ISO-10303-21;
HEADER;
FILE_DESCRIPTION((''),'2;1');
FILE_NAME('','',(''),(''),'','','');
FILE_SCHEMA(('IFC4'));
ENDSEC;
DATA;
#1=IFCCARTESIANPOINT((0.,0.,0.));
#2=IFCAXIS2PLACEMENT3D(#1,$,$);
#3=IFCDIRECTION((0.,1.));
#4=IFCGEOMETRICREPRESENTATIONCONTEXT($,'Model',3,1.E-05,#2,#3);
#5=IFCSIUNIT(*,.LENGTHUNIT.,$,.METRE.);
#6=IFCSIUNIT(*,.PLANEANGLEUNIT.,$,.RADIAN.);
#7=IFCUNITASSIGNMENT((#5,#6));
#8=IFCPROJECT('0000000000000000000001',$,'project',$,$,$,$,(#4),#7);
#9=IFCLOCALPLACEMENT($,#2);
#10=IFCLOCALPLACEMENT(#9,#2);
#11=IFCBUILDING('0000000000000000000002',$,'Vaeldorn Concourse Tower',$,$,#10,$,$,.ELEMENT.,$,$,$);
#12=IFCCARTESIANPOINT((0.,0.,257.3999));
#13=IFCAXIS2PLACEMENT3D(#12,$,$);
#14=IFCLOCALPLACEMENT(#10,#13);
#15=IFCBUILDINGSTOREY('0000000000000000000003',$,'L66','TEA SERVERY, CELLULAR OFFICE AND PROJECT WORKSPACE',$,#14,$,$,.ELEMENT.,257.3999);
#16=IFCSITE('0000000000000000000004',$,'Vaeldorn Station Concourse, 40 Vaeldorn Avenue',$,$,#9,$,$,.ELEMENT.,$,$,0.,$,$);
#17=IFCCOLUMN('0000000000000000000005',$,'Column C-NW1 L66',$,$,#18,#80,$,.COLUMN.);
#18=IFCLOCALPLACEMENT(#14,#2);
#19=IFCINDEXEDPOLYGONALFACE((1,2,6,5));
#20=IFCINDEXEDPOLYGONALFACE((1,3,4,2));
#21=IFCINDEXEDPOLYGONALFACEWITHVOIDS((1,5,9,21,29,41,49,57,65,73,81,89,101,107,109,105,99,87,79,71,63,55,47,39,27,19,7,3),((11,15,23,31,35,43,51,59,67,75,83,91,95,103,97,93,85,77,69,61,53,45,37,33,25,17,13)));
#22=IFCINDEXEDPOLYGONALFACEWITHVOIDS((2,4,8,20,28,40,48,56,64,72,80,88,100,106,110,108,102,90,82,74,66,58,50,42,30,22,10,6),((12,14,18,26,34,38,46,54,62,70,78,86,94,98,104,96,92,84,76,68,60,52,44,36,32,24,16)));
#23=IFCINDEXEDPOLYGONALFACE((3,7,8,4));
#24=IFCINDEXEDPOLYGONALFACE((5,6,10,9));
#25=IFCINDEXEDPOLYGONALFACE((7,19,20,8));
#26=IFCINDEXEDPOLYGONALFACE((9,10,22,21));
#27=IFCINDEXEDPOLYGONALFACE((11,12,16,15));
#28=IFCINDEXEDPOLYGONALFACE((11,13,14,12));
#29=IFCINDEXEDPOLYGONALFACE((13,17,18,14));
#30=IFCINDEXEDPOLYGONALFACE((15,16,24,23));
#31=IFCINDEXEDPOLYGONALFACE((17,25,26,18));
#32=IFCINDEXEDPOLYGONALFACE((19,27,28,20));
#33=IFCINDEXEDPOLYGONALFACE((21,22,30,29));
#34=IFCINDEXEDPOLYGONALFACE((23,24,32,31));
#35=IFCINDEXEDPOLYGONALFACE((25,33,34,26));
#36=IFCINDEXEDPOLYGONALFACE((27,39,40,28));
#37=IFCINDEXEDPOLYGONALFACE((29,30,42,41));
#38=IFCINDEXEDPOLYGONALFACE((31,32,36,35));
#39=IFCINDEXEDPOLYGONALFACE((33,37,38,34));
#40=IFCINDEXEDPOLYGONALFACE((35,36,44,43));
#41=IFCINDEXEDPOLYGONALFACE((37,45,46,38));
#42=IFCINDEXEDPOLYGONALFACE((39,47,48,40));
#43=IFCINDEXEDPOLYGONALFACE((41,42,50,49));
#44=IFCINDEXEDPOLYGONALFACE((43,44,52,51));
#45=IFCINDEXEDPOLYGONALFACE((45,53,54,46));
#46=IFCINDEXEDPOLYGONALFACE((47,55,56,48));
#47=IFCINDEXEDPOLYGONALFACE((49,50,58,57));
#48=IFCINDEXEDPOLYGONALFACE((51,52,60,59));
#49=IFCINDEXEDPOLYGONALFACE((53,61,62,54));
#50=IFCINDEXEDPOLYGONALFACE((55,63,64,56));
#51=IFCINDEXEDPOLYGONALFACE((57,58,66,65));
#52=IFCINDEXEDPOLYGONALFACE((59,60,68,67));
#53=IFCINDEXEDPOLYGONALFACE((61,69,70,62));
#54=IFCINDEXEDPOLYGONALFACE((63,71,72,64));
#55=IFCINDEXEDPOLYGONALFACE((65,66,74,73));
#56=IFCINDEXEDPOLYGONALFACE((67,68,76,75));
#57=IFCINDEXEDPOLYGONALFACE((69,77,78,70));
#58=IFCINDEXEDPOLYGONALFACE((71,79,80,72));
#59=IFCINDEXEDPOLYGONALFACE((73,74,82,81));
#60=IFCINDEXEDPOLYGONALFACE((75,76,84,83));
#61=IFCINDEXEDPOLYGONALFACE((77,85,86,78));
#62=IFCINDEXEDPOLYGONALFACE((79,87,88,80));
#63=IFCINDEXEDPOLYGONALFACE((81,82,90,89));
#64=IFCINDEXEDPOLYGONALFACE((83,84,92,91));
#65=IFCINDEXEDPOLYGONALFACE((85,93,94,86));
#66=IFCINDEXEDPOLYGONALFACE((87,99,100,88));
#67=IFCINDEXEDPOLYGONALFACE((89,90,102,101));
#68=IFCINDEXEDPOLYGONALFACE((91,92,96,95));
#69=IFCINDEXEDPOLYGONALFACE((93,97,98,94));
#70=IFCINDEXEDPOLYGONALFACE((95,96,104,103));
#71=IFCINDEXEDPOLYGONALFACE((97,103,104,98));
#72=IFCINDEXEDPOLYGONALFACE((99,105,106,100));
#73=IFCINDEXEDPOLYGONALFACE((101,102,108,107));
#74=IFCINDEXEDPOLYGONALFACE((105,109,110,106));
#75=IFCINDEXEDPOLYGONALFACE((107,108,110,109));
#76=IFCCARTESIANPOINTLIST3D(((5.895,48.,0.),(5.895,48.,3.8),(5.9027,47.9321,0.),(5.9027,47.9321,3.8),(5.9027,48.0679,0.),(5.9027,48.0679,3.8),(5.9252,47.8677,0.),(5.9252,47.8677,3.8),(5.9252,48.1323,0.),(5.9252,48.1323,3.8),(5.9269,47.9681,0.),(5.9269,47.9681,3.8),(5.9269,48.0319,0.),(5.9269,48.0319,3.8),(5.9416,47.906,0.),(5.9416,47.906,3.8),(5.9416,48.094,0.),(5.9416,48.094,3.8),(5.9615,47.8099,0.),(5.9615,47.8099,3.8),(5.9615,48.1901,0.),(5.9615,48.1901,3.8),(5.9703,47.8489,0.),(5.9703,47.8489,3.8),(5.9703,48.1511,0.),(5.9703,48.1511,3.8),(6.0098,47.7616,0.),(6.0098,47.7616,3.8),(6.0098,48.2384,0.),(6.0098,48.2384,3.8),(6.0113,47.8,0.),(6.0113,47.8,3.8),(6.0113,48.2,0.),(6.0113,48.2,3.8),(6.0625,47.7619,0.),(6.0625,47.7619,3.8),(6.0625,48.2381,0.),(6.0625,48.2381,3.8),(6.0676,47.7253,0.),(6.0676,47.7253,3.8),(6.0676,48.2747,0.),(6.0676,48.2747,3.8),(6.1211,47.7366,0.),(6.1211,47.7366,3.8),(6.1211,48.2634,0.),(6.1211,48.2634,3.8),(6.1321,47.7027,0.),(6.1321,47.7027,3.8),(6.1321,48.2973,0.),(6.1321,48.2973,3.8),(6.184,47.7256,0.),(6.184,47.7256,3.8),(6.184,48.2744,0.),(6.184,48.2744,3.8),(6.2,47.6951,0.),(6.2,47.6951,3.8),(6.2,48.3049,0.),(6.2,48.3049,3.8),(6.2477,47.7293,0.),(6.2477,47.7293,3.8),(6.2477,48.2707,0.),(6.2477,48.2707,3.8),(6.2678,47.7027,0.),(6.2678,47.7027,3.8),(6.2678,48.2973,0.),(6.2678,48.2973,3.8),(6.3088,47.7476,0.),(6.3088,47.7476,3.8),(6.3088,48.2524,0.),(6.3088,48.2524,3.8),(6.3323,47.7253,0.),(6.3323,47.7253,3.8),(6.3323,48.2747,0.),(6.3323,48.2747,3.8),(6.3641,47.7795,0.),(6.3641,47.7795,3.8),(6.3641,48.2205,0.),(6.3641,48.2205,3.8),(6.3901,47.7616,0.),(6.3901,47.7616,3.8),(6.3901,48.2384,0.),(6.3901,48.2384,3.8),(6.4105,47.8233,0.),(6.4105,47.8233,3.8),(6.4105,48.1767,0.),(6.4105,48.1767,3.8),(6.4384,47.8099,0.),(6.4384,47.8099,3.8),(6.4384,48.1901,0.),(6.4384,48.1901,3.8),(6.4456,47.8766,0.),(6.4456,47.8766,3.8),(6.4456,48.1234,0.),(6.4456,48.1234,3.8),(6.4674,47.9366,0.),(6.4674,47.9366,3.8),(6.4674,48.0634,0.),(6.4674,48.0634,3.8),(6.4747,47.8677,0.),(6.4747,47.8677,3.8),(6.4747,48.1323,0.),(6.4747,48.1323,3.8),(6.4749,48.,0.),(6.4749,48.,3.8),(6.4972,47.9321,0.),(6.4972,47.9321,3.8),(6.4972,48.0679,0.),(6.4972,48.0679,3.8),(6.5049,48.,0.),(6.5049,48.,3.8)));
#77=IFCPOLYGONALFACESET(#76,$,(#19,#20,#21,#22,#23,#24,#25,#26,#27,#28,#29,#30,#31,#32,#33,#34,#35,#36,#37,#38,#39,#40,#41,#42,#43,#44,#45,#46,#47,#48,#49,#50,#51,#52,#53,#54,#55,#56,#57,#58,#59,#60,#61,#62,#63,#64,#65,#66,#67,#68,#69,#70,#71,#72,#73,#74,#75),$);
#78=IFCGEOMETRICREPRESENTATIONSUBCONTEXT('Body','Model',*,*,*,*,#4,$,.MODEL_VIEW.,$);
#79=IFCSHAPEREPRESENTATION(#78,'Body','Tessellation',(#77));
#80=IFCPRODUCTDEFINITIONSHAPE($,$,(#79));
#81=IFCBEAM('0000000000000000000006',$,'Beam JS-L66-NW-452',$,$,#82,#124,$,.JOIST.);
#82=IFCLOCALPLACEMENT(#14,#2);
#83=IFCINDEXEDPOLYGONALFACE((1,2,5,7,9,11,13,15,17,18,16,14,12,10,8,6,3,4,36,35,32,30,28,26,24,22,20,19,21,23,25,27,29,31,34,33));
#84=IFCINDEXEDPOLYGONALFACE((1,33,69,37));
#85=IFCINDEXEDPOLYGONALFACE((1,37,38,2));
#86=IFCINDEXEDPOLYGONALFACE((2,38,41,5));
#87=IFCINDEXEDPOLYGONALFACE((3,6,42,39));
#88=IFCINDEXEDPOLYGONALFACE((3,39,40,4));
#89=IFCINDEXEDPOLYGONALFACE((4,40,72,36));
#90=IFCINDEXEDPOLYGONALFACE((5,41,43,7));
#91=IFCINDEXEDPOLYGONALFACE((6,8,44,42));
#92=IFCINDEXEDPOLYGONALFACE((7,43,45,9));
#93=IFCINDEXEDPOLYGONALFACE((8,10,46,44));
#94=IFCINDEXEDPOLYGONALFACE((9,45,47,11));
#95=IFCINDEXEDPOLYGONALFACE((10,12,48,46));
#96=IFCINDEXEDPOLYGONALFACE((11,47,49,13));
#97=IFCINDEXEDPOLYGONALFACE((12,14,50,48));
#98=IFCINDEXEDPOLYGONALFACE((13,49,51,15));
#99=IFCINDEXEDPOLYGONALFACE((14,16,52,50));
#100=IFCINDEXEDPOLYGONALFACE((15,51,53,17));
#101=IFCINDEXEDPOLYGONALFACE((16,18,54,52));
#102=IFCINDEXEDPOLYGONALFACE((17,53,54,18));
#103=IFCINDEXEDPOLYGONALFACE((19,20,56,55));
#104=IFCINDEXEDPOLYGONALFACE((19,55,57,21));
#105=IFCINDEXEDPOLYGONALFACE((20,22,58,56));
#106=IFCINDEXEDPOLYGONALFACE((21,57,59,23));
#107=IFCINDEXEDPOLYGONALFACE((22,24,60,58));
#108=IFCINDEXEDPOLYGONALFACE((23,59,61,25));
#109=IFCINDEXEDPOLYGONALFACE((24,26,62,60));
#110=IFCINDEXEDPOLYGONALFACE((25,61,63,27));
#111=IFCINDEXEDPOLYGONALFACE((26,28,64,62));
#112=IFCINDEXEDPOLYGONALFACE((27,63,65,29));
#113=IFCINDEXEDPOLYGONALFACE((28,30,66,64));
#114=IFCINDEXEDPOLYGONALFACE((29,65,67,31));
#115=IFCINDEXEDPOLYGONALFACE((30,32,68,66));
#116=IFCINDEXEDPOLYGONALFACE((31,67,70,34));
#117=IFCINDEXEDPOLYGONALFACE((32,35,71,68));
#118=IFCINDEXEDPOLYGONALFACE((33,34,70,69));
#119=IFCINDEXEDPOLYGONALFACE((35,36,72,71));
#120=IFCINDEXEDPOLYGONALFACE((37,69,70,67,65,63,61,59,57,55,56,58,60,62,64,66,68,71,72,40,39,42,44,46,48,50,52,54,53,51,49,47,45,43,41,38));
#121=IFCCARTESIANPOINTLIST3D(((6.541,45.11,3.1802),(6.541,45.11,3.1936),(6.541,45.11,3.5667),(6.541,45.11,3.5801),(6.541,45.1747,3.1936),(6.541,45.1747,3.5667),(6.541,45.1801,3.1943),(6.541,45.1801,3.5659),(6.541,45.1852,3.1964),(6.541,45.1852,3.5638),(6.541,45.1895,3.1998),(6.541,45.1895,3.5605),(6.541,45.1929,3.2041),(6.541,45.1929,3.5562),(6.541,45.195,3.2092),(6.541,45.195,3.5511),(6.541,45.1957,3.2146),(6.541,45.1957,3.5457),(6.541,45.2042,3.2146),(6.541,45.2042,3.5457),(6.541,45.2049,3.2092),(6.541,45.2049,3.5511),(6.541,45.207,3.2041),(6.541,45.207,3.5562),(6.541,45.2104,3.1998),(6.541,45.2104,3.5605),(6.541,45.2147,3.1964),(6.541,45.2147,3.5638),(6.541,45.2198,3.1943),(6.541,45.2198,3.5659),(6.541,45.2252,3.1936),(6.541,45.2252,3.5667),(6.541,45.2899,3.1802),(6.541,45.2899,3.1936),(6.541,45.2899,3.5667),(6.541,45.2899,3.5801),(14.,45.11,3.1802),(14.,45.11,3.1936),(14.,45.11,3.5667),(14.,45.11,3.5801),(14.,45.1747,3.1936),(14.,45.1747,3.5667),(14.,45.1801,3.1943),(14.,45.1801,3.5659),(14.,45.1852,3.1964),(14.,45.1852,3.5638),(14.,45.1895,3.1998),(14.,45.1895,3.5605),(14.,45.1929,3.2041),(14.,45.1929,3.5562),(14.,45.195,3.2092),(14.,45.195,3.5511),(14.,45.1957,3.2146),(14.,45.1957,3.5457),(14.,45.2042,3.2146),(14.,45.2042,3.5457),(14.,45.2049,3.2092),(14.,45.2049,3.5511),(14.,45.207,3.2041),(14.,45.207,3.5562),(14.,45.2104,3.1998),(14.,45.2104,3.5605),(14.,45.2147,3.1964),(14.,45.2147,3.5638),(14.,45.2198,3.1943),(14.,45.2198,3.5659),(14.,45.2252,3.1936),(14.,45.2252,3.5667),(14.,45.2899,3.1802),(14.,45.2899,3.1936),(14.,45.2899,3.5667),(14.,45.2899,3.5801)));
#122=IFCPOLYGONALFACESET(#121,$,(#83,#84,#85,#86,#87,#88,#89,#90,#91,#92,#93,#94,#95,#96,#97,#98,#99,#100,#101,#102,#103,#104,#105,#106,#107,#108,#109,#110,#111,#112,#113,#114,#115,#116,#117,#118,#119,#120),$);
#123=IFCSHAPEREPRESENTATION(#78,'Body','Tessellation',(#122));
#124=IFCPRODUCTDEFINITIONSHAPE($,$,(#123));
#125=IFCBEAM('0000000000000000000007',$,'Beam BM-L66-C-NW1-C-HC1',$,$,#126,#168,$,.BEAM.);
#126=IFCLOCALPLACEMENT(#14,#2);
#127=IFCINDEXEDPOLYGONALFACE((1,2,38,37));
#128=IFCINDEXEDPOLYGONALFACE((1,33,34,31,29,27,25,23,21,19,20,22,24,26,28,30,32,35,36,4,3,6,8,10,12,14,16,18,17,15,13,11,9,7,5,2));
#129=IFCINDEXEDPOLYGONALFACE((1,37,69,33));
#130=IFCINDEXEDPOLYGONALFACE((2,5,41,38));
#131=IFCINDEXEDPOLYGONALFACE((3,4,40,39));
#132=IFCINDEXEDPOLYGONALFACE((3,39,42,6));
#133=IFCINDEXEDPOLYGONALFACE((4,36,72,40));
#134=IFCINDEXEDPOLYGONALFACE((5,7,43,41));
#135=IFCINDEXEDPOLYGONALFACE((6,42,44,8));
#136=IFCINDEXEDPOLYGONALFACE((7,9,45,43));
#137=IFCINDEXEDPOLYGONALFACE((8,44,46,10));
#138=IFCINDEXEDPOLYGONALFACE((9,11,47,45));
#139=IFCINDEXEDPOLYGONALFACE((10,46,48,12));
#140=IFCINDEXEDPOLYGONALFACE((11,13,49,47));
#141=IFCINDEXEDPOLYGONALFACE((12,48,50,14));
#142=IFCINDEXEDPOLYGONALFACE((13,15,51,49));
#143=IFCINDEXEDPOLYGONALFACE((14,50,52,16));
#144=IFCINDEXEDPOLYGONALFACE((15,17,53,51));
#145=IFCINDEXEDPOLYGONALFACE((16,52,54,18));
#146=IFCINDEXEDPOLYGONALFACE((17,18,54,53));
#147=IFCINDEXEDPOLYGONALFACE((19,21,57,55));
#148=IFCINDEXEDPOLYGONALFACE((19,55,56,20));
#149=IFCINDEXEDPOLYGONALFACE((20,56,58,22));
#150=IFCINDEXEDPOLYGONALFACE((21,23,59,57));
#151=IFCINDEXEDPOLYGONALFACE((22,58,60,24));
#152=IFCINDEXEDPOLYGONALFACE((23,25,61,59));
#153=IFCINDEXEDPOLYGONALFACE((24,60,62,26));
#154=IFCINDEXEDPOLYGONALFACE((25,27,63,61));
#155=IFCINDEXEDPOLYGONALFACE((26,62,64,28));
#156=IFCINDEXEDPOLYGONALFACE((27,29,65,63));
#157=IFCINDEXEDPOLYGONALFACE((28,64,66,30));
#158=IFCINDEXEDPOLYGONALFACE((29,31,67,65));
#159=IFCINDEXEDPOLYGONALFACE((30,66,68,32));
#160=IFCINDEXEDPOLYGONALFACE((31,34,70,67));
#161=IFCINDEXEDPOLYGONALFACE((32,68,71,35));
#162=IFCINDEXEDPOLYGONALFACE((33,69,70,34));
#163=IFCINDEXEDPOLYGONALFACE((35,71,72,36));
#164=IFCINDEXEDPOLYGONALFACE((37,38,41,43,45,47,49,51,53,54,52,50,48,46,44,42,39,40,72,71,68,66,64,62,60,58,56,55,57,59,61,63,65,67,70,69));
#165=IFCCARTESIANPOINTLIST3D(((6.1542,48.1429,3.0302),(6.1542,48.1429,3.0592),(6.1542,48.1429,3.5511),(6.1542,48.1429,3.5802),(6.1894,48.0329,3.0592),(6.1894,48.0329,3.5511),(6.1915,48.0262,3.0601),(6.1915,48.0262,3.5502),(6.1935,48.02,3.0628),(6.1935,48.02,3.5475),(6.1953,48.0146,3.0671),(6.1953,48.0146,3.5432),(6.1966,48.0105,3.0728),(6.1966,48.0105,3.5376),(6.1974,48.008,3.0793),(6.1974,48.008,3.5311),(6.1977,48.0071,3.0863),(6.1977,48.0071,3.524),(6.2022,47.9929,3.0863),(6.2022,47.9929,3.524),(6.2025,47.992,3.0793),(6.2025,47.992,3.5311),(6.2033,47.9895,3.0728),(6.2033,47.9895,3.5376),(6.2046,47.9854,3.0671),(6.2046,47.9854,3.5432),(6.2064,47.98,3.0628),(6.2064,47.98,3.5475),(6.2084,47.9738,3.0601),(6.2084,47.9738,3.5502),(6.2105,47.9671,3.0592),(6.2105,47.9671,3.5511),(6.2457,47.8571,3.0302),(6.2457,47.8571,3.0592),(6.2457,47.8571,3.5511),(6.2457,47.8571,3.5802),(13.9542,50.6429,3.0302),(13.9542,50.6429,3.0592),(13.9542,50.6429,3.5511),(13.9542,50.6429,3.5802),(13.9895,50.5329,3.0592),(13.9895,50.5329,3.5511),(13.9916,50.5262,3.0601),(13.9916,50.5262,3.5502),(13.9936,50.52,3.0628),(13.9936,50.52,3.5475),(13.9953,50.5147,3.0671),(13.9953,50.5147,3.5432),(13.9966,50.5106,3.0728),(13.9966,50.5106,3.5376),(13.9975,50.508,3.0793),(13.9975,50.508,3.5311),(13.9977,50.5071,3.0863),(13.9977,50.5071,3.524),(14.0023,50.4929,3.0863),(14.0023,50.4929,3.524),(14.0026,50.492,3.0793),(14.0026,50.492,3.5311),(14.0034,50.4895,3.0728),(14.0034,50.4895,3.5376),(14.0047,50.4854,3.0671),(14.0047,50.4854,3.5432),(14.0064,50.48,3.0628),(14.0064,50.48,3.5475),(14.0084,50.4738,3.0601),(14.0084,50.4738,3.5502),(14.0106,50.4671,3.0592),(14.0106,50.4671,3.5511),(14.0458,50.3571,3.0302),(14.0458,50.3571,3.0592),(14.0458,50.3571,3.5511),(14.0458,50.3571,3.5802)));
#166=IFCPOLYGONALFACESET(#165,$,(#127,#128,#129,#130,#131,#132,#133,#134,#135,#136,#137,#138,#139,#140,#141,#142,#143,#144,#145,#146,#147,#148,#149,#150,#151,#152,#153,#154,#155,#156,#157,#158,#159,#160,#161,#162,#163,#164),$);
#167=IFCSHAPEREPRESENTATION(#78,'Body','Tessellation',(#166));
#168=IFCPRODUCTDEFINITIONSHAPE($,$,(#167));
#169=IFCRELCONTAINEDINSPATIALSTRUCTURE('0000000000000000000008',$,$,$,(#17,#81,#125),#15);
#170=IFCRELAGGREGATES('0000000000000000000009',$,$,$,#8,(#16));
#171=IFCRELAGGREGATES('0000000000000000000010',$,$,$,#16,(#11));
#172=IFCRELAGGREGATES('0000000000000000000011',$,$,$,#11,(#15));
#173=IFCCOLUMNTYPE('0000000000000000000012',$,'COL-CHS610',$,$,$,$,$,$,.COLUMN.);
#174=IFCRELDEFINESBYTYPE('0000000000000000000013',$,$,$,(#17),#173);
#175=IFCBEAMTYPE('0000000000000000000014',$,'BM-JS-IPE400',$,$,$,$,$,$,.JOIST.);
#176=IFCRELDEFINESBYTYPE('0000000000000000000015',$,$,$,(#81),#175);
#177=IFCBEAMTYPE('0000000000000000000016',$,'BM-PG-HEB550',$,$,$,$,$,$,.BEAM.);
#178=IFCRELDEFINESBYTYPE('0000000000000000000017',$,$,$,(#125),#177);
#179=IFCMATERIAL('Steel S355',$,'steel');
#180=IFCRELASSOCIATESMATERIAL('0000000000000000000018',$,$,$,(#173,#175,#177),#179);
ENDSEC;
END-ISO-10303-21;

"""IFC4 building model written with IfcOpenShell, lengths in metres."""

from ifc_helpers import new_model, si_unit, direction, frame, origin, origin_2d, place, context, subcontext, project, spatial, hollow_circle, i_section, extrude, source, transform, mapped, material, material_profile, profile_set, type_object, element, save


model = new_model("IFC4")

# Units and contexts
model_context = context("Model", 3, precision=1e-05, world=origin(), true_north=direction((0.0, 1.0)))
body_context = subcontext(model_context, "Body", "Model", "MODEL_VIEW")
ifc_project = project(units=[si_unit("LENGTHUNIT", "METRE"), si_unit("PLANEANGLEUNIT", "RADIAN")], contexts=[model_context])

# Site, building, storey
site_placement = place(None, origin())
site = spatial("IfcSite", under=ifc_project, at=site_placement, Name="Vaeldorn Station Concourse, 40 Vaeldorn Avenue", CompositionType="ELEMENT", RefElevation=0.0)
building_placement = place(site_placement, origin())
building = spatial("IfcBuilding", under=site, at=building_placement, Name="Vaeldorn Concourse Tower", CompositionType="ELEMENT")
storey_placement = place(building_placement, frame((0.0, 0.0, 257.3999)))
storey = spatial("IfcBuildingStorey", under=building, at=storey_placement, Name="L66", Description="TEA SERVERY, CELLULAR OFFICE AND PROJECT WORKSPACE", CompositionType="ELEMENT", Elevation=257.3999)

# Column
ifc_material_1 = material(Name="Steel S355", Category="steel")
ifc_material_profile_1 = material_profile(ifc_material_1, hollow_circle(Radius=0.3049, WallThickness=0.03, at=origin_2d()), Name="CHS 610x30")
ifc_profile_set_1 = profile_set([ifc_material_profile_1], Name="Steel S355")
column_type = type_object("IfcColumnType", Name="COL-CHS610", PredefinedType="COLUMN", material=ifc_profile_set_1)
shared_shape_1 = source(origin(), body_context, "Body", "SweptSolid", [
    extrude(hollow_circle(Radius=0.3049, WallThickness=0.03, at=origin_2d()), origin(), (0.0, 0.0, 1.0), 3.8),
])
column_placement = place(storey_placement, frame((6.2, 48.0, 0.0), z_axis=(0.0, 0.0, 1.0), x_axis=(1.0, 0.0, 0.0)))
element("IfcColumn", 1, at=column_placement, inside=storey, type_object=column_type, Name="Column C-NW1 L66", PredefinedType="COLUMN", context=body_context, shape_type="MappedRepresentation", body=[
    mapped(shared_shape_1, transform((0.0, 0.0, 0.0), scale=1.0)),
])

# Beams
ifc_material_profile_2 = material_profile(ifc_material_1, i_section(OverallWidth=0.1799, OverallDepth=0.3999, WebThickness=0.0085, FlangeThickness=0.0134, FilletRadius=0.021, at=origin_2d()), Name="IPE 400")
ifc_profile_set_2 = profile_set([ifc_material_profile_2], Name="Steel S355")
beam_type_1 = type_object("IfcBeamType", Name="BM-JS-IPE400", PredefinedType="JOIST", material=ifc_profile_set_2)
shared_shape_2 = source(origin(), body_context, "Body", "SweptSolid", [
    extrude(i_section(OverallWidth=0.1799, OverallDepth=0.3999, WebThickness=0.0085, FlangeThickness=0.0134, FilletRadius=0.021, at=origin_2d()), origin(), (0.0, 0.0, 1.0), 7.459),
])
beam_1_placement = place(storey_placement, frame((6.541, 45.2, 3.3801), z_axis=(1.0, 0.0, 0.0), x_axis=(0.0, 1.0, 0.0)))
element("IfcBeam", 2, at=beam_1_placement, inside=storey, type_object=beam_type_1, Name="Beam JS-L66-NW-452", PredefinedType="JOIST", context=body_context, shape_type="MappedRepresentation", body=[
    mapped(shared_shape_2, transform((0.0, 0.0, 0.0), scale=1.0)),
])
ifc_material_profile_3 = material_profile(ifc_material_1, i_section(OverallWidth=0.3, OverallDepth=0.55, WebThickness=0.0149, FlangeThickness=0.0291, FilletRadius=0.0271, at=origin_2d()), Name="HEB 550")
ifc_profile_set_3 = profile_set([ifc_material_profile_3], Name="Steel S355")
beam_type_2 = type_object("IfcBeamType", Name="BM-PG-HEB550", PredefinedType="BEAM", material=ifc_profile_set_3)
shared_shape_3 = source(origin(), body_context, "Body", "SweptSolid", [
    extrude(i_section(OverallWidth=0.3, OverallDepth=0.55, WebThickness=0.0149, FlangeThickness=0.0291, FilletRadius=0.0271, at=origin_2d()), origin(), (0.0, 0.0, 1.0), 8.1909),
])
beam_2_placement = place(storey_placement, frame((6.2, 48.0, 3.3052), z_axis=(0.952283, 0.305217, 0.0), x_axis=(-0.305217, 0.952283, 0.0)))
element("IfcBeam", 3, at=beam_2_placement, inside=storey, type_object=beam_type_2, Name="Beam BM-L66-C-NW1-C-HC1", PredefinedType="BEAM", context=body_context, shape_type="MappedRepresentation", body=[
    mapped(shared_shape_3, transform((0.0, 0.0, 0.0), scale=1.0)),
])

save(model, "model.ifc")
